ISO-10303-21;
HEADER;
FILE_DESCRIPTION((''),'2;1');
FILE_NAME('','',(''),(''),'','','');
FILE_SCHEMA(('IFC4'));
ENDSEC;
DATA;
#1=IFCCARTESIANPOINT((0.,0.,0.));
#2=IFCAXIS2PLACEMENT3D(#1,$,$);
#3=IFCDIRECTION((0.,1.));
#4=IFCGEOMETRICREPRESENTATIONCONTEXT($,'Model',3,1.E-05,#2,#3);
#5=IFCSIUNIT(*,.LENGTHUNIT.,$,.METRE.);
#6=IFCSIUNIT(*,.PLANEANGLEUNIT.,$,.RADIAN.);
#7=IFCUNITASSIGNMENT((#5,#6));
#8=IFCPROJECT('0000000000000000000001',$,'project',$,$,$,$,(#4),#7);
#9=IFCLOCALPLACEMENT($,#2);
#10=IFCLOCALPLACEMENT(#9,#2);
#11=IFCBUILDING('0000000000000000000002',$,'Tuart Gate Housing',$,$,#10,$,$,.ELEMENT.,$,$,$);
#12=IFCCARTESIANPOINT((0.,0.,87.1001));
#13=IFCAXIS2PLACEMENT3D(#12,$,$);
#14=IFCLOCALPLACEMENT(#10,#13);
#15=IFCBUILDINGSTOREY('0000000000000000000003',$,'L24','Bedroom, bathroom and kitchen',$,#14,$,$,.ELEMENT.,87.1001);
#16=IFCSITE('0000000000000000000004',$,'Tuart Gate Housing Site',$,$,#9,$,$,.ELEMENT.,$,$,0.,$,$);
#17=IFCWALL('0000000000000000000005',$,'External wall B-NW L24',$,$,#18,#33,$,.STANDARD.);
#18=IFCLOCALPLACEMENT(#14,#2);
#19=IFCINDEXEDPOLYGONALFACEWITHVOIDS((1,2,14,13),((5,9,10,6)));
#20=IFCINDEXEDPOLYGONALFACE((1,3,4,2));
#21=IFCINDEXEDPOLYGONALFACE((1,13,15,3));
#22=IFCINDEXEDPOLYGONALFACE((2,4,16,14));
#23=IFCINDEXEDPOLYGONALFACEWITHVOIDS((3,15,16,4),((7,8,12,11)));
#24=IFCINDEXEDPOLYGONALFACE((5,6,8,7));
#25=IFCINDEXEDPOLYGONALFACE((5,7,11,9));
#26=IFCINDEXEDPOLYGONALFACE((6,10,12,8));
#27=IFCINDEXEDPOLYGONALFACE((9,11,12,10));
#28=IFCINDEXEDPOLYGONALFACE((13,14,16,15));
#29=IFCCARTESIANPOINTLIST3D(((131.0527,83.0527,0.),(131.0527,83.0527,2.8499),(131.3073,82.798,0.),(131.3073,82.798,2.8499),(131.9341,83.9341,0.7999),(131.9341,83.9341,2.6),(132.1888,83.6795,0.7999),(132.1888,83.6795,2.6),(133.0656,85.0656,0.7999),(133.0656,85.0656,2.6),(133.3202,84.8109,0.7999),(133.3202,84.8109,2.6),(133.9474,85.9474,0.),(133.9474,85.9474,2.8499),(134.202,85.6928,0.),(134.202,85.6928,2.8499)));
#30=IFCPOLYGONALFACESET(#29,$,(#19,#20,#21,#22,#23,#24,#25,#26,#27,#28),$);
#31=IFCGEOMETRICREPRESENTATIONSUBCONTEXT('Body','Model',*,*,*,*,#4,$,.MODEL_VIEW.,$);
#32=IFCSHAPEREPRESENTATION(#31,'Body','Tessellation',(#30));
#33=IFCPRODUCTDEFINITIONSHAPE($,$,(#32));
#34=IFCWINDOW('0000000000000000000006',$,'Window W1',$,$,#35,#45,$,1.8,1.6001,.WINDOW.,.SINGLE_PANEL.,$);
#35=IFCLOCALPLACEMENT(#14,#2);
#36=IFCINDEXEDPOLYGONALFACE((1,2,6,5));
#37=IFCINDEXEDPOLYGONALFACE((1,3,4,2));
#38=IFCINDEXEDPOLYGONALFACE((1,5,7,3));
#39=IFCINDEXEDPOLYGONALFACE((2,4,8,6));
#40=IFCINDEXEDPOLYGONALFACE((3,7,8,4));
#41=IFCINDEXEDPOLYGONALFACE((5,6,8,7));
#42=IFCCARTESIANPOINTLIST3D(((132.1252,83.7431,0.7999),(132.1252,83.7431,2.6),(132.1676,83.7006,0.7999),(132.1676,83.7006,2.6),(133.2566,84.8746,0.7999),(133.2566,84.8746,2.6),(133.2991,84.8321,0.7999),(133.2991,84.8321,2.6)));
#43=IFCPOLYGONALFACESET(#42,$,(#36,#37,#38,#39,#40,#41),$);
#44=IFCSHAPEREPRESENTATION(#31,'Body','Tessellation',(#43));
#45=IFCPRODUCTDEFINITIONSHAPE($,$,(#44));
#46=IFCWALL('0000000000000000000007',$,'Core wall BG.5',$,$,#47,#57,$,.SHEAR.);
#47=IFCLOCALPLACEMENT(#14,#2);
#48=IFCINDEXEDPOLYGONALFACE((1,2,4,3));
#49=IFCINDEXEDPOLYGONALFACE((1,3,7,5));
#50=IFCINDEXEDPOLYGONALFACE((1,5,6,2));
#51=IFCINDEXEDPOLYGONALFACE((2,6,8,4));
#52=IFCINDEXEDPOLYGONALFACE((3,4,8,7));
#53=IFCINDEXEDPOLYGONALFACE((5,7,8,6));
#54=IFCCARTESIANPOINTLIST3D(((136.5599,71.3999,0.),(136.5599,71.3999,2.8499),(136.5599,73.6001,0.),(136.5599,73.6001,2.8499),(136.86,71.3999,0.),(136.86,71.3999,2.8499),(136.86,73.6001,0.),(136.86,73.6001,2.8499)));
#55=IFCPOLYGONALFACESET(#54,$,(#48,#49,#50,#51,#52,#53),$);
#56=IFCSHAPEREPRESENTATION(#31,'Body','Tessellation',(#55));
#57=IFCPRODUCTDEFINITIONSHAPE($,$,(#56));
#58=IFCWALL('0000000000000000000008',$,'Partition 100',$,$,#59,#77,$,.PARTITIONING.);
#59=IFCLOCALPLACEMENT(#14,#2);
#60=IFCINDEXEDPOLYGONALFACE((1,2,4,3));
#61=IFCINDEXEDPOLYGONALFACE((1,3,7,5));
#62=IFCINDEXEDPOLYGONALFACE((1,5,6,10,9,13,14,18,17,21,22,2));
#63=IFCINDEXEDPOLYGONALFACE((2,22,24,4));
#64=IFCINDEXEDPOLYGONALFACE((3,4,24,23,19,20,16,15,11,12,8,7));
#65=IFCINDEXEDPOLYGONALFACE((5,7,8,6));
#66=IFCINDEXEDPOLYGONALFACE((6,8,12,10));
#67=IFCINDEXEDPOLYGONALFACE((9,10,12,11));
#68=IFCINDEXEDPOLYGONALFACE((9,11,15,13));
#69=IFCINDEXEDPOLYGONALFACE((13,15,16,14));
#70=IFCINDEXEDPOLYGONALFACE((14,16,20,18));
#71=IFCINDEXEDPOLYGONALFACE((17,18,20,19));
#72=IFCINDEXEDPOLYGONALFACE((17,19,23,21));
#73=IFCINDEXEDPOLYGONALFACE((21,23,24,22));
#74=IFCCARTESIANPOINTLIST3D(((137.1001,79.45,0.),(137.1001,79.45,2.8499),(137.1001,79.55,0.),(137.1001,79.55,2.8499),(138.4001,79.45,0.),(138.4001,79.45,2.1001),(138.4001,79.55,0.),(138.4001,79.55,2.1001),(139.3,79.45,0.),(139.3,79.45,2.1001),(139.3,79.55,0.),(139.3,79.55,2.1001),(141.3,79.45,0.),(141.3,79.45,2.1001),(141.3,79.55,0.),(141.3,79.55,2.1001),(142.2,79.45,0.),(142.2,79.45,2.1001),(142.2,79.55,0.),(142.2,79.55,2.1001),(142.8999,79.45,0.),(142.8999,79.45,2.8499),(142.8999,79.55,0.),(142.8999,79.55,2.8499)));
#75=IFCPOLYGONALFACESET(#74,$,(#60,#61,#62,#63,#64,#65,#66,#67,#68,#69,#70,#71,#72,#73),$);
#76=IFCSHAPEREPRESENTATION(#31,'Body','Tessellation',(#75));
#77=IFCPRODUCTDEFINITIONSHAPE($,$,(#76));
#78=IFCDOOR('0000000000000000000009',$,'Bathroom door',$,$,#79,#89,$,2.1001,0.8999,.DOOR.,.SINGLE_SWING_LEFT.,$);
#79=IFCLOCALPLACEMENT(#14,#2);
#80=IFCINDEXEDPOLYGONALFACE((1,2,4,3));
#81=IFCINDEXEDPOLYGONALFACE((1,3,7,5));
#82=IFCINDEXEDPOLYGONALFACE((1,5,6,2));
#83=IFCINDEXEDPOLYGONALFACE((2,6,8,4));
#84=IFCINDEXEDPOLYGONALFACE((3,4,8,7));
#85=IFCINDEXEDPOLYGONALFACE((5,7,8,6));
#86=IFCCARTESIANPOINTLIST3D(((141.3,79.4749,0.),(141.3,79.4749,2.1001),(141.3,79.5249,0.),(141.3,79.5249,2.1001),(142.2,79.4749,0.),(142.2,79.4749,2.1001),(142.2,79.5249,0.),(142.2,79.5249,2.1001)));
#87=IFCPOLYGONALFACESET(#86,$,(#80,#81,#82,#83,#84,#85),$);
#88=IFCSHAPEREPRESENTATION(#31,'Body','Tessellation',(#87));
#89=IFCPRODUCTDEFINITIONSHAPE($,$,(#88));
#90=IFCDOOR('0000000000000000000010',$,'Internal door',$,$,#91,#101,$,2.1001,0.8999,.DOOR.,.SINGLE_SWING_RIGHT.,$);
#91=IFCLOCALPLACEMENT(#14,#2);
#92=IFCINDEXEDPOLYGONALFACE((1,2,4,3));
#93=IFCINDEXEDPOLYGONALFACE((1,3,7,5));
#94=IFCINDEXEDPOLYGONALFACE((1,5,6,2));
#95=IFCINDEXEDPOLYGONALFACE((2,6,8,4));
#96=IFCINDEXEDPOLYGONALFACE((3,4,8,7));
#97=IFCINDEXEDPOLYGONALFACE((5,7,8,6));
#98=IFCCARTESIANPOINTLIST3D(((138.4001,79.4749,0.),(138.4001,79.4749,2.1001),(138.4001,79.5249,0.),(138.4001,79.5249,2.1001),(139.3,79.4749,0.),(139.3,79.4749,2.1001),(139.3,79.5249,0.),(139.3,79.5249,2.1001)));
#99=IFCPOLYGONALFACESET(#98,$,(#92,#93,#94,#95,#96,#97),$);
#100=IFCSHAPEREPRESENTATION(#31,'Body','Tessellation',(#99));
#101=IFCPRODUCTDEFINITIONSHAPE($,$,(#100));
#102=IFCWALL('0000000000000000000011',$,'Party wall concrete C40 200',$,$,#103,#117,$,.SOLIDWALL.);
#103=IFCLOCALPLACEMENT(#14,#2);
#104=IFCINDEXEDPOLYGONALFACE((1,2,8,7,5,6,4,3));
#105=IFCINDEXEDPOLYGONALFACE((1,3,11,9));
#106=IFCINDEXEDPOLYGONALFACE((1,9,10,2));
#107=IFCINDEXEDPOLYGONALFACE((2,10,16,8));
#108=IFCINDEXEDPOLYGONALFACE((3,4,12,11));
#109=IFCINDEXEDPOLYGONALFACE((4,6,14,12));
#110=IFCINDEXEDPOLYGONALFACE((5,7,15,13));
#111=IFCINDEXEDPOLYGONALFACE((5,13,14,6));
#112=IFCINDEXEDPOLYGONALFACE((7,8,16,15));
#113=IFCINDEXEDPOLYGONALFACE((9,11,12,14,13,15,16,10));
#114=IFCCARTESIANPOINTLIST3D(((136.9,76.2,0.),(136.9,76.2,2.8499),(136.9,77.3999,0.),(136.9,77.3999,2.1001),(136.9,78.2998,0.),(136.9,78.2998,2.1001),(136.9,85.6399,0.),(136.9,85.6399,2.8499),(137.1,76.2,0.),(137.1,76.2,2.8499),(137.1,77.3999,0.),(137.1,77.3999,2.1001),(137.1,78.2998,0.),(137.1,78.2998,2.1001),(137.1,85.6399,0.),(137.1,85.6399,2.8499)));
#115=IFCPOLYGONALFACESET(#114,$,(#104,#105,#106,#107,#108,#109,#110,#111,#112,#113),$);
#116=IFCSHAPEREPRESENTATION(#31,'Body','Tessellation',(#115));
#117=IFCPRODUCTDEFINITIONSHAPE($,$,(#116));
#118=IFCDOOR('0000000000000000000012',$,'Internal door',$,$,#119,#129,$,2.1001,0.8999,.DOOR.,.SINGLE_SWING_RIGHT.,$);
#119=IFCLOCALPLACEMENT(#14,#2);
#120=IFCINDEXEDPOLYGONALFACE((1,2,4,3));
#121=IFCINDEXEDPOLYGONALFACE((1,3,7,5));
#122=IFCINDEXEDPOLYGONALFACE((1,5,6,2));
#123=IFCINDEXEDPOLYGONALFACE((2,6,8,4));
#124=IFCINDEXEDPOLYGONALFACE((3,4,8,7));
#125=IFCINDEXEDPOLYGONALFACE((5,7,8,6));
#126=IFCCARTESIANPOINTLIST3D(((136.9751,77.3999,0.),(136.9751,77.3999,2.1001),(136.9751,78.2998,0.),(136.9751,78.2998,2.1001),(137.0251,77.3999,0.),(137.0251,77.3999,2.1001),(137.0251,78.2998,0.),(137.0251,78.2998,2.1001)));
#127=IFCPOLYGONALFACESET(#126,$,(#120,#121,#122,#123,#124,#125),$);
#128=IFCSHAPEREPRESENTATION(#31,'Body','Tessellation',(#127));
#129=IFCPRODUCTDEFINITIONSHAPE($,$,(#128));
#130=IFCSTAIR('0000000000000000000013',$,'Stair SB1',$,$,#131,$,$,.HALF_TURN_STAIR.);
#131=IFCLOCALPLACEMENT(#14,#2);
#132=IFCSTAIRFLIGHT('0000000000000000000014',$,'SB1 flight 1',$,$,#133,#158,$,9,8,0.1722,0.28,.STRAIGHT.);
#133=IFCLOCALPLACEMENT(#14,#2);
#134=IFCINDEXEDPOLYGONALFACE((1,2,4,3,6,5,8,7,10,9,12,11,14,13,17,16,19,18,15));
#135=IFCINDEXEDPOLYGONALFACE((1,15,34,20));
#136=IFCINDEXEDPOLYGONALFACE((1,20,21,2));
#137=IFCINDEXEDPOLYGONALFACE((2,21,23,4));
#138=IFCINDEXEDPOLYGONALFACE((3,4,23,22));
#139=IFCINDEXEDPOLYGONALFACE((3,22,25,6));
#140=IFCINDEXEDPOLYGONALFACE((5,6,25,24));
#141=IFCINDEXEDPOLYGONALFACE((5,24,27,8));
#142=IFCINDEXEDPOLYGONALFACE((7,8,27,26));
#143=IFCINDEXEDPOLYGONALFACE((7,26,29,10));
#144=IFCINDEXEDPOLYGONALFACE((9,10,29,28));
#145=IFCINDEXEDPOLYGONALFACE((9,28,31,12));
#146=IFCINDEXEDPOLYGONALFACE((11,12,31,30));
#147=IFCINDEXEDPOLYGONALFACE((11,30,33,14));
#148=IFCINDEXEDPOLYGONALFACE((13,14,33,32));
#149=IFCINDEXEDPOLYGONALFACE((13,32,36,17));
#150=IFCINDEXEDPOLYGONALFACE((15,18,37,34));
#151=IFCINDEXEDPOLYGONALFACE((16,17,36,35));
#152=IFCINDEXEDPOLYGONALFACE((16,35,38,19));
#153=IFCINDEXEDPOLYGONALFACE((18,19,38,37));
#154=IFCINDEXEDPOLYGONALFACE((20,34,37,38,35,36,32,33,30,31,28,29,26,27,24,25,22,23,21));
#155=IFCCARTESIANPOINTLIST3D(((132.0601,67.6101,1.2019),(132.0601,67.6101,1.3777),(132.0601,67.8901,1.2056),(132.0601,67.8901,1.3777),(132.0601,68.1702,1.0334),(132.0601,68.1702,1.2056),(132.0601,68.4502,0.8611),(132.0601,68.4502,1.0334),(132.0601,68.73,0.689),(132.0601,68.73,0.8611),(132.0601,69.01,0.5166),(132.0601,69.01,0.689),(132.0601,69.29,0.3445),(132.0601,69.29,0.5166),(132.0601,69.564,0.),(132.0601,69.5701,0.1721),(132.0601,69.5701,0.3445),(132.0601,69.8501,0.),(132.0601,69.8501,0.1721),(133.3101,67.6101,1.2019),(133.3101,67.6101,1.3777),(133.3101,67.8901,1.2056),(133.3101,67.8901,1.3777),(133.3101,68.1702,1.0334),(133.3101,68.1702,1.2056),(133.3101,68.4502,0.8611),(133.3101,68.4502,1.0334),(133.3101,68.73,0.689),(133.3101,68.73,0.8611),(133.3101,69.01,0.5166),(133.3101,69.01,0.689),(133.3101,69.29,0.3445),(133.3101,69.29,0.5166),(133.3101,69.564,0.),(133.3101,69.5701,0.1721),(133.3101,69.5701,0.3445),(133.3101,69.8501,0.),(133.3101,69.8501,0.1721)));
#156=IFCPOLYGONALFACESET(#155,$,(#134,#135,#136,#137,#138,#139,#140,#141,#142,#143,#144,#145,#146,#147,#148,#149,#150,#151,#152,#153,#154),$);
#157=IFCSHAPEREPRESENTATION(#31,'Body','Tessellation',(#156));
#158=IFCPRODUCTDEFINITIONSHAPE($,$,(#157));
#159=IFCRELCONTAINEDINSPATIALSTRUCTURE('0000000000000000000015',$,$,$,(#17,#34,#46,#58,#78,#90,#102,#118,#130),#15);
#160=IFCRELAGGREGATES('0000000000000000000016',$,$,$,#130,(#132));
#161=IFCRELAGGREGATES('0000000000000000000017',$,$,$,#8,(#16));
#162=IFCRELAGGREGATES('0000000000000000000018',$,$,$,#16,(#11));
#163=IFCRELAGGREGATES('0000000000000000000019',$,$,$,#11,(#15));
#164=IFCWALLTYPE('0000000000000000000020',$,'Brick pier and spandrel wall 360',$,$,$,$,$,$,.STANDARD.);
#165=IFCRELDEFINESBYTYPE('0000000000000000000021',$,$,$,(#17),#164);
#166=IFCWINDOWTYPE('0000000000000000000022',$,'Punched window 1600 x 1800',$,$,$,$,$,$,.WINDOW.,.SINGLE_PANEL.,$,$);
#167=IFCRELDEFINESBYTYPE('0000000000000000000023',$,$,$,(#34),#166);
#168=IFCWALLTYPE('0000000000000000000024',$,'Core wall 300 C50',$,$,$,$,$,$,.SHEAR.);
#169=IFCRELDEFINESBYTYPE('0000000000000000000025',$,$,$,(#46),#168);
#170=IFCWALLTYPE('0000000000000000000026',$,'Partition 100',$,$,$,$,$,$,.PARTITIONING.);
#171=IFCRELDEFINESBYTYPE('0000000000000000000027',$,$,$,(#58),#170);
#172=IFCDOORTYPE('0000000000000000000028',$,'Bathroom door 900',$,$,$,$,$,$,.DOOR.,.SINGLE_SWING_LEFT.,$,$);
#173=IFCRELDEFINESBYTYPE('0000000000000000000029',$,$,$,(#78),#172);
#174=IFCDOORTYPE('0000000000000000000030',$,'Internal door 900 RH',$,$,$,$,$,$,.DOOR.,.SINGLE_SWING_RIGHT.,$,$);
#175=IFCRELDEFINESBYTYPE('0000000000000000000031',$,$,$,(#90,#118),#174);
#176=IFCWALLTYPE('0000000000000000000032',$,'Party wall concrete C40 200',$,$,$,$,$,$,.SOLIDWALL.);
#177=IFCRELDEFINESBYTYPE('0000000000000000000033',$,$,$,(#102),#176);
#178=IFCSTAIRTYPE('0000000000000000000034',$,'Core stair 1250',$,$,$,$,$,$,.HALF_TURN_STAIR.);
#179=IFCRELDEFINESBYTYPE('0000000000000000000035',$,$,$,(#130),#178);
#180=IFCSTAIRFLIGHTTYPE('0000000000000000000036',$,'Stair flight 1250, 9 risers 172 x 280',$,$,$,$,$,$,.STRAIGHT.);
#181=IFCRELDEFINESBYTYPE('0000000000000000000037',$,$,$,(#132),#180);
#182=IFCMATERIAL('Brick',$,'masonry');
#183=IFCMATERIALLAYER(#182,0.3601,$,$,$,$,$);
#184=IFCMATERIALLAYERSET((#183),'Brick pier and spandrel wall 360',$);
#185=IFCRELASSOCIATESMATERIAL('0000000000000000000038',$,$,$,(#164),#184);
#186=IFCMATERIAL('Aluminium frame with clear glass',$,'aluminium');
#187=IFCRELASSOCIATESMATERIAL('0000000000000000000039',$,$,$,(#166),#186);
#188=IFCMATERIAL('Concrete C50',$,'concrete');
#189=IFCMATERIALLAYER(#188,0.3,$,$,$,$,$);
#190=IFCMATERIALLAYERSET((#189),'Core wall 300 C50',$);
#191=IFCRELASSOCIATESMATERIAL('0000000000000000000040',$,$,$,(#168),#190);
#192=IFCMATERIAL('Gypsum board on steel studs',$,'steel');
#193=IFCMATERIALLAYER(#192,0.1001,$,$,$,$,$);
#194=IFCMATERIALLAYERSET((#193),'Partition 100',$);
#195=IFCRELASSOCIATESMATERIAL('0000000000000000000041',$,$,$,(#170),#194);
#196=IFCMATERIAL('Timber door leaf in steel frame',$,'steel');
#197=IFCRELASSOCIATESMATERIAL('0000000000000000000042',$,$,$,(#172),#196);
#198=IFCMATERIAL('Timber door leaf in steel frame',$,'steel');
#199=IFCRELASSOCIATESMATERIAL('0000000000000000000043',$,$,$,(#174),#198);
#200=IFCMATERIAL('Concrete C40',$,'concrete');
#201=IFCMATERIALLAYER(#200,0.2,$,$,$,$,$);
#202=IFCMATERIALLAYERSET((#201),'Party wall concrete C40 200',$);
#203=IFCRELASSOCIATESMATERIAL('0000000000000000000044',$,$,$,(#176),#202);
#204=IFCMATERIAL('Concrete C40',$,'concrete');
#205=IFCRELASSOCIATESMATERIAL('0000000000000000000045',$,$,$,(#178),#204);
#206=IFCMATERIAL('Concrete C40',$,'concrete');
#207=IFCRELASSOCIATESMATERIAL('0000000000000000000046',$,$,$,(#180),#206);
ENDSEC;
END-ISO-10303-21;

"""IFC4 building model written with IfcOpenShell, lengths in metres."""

from ifc_helpers import new_model, si_unit, direction, frame, frame_2d, origin, place, context, subcontext, project, spatial, polyline, rectangle, outline, extrude, material, layer, layer_set, type_object, element, fill, aggregate, save


model = new_model("IFC4")

# Units and contexts
model_context = context("Model", 3, precision=1e-05, world=origin(), true_north=direction((0.0, 1.0)))
body_context = subcontext(model_context, "Body", "Model", "MODEL_VIEW")
ifc_project = project(units=[si_unit("LENGTHUNIT", "METRE"), si_unit("PLANEANGLEUNIT", "RADIAN")], contexts=[model_context])

# Site, building, storey
site_placement = place(None, origin())
site = spatial("IfcSite", under=ifc_project, at=site_placement, Name="Tuart Gate Housing Site", CompositionType="ELEMENT", RefElevation=0.0)
building_placement = place(site_placement, origin())
building = spatial("IfcBuilding", under=site, at=building_placement, Name="Tuart Gate Housing", CompositionType="ELEMENT")
storey_placement = place(building_placement, frame((0.0, 0.0, 87.1001)))
storey = spatial("IfcBuildingStorey", under=building, at=storey_placement, Name="L24", Description="Bedroom, bathroom and kitchen", CompositionType="ELEMENT", Elevation=87.1001)

# Wall, opening, window
ifc_material_1 = material(Name="Brick", Category="masonry")
ifc_layer_1 = layer(ifc_material_1, 0.3601)
ifc_layer_set_1 = layer_set([ifc_layer_1], Name="Brick pier and spandrel wall 360")
wall_type_1 = type_object("IfcWallType", Name="Brick pier and spandrel wall 360", PredefinedType="STANDARD", material=ifc_layer_set_1)
wall_1_placement = place(storey_placement, frame((134.0747, 85.8201, 0.0), z_axis=(0.0, 0.0, 1.0), x_axis=(-0.707107, -0.707107, 0.0)))
wall_1 = element("IfcWall", 1, at=wall_1_placement, inside=storey, type_object=wall_type_1, Name="External wall B-NW L24", PredefinedType="STANDARD", context=body_context, shape_type="SweptSolid", body=[
    extrude(rectangle(XDim=4.0938, YDim=0.3601, at=frame_2d((2.0469, 0.0))), origin(), (0.0, 0.0, 1.0), 2.8499),
])
opening_1_placement = place(wall_1_placement, frame((1.2471, 0.0, 0.8)))
opening_1 = element("IfcOpeningElement", 2, at=opening_1_placement, cuts=wall_1, PredefinedType="OPENING", context=body_context, shape_type="SweptSolid", body=[
    extrude(rectangle(XDim=1.6001, YDim=1.8, at=frame_2d((0.8, 0.8999))), frame((0.0, 0.1899, 0.0), z_axis=(0.0, -1.0, 0.0), x_axis=(1.0, 0.0, 0.0)), (0.0, 0.0, 1.0), 0.3801),
])
ifc_material_2 = material(Name="Aluminium frame with clear glass", Category="aluminium")
window_type = type_object("IfcWindowType", Name="Punched window 1600 x 1800", PartitioningType="SINGLE_PANEL", PredefinedType="WINDOW", material=ifc_material_2)
window_placement = place(opening_1_placement, origin())
window = element("IfcWindow", 3, at=window_placement, inside=storey, type_object=window_type, Name="Window W1", OverallHeight=1.8, OverallWidth=1.6001, PartitioningType="SINGLE_PANEL", PredefinedType="WINDOW", context=body_context, shape_type="SweptSolid", body=[
    extrude(rectangle(XDim=1.6001, YDim=1.8, at=frame_2d((0.8, 0.8999))), frame((0.0, 0.1501, 0.0), z_axis=(0.0, -1.0, 0.0), x_axis=(1.0, 0.0, 0.0)), (0.0, 0.0, 1.0), 0.0601),
])
fill(opening_1, window)

# Wall
ifc_material_3 = material(Name="Concrete C50", Category="concrete")
ifc_layer_2 = layer(ifc_material_3, 0.3)
ifc_layer_set_2 = layer_set([ifc_layer_2], Name="Core wall 300 C50")
wall_type_2 = type_object("IfcWallType", Name="Core wall 300 C50", PredefinedType="SHEAR", material=ifc_layer_set_2)
wall_2_placement = place(storey_placement, frame((136.71, 71.3999, 0.0), z_axis=(0.0, 0.0, 1.0), x_axis=(0.0, 1.0, 0.0)))
element("IfcWall", 4, at=wall_2_placement, inside=storey, type_object=wall_type_2, Name="Core wall BG.5", PredefinedType="SHEAR", context=body_context, shape_type="SweptSolid", body=[
    extrude(rectangle(XDim=2.2002, YDim=0.3, at=frame_2d((1.1001, 0.0))), origin(), (0.0, 0.0, 1.0), 2.8499),
])

# Wall, openings, doors
ifc_material_4 = material(Name="Gypsum board on steel studs", Category="steel")
ifc_layer_3 = layer(ifc_material_4, 0.1001)
ifc_layer_set_3 = layer_set([ifc_layer_3], Name="Partition 100")
wall_type_3 = type_object("IfcWallType", Name="Partition 100", PredefinedType="PARTITIONING", material=ifc_layer_set_3)
wall_3_placement = place(storey_placement, frame((137.1001, 79.5, 0.0), z_axis=(0.0, 0.0, 1.0), x_axis=(1.0, 0.0, 0.0)))
wall_3 = element("IfcWall", 5, at=wall_3_placement, inside=storey, type_object=wall_type_3, Name="Partition 100", PredefinedType="PARTITIONING", context=body_context, shape_type="SweptSolid", body=[
    extrude(rectangle(XDim=5.7998, YDim=0.1001, at=frame_2d((2.8999, 0.0))), origin(), (0.0, 0.0, 1.0), 2.8499),
])
opening_2_placement = place(wall_3_placement, frame((1.3, 0.0, 0.0)))
opening_2 = element("IfcOpeningElement", 6, at=opening_2_placement, cuts=wall_3, PredefinedType="OPENING", context=body_context, shape_type="SweptSolid", body=[
    extrude(rectangle(XDim=0.8999, YDim=2.1001, at=frame_2d((0.45, 1.05))), frame((0.0, 0.0601, 0.0), z_axis=(0.0, -1.0, 0.0), x_axis=(1.0, 0.0, 0.0)), (0.0, 0.0, 1.0), 0.1201),
])
opening_3_placement = place(wall_3_placement, frame((4.2, 0.0, 0.0)))
opening_3 = element("IfcOpeningElement", 7, at=opening_3_placement, cuts=wall_3, PredefinedType="OPENING", context=body_context, shape_type="SweptSolid", body=[
    extrude(rectangle(XDim=0.8999, YDim=2.1001, at=frame_2d((0.45, 1.05))), frame((0.0, 0.0601, 0.0), z_axis=(0.0, -1.0, 0.0), x_axis=(1.0, 0.0, 0.0)), (0.0, 0.0, 1.0), 0.1201),
])
ifc_material_5 = material(Name="Timber door leaf in steel frame", Category="steel")
door_type_1 = type_object("IfcDoorType", Name="Bathroom door 900", OperationType="SINGLE_SWING_LEFT", PredefinedType="DOOR", material=ifc_material_5)
door_1_placement = place(opening_3_placement, origin())
door_1 = element("IfcDoor", 8, at=door_1_placement, inside=storey, type_object=door_type_1, Name="Bathroom door", OperationType="SINGLE_SWING_LEFT", OverallHeight=2.1001, OverallWidth=0.8999, PredefinedType="DOOR", context=body_context, shape_type="SweptSolid", body=[
    extrude(rectangle(XDim=0.8999, YDim=2.1001, at=frame_2d((0.45, 1.05))), frame((0.0, 0.0249, 0.0), z_axis=(0.0, -1.0, 0.0), x_axis=(1.0, 0.0, 0.0)), (0.0, 0.0, 1.0), 0.05),
])
fill(opening_3, door_1)
ifc_material_6 = material(Name="Timber door leaf in steel frame", Category="steel")
door_type_2 = type_object("IfcDoorType", Name="Internal door 900 RH", OperationType="SINGLE_SWING_RIGHT", PredefinedType="DOOR", material=ifc_material_6)
door_2_placement = place(opening_2_placement, origin())
door_2 = element("IfcDoor", 9, at=door_2_placement, inside=storey, type_object=door_type_2, Name="Internal door", OperationType="SINGLE_SWING_RIGHT", OverallHeight=2.1001, OverallWidth=0.8999, PredefinedType="DOOR", context=body_context, shape_type="SweptSolid", body=[
    extrude(rectangle(XDim=0.8999, YDim=2.1001, at=frame_2d((0.45, 1.05))), frame((0.0, 0.0249, 0.0), z_axis=(0.0, -1.0, 0.0), x_axis=(1.0, 0.0, 0.0)), (0.0, 0.0, 1.0), 0.05),
])
fill(opening_2, door_2)

# Wall, opening, door
ifc_material_7 = material(Name="Concrete C40", Category="concrete")
ifc_layer_4 = layer(ifc_material_7, 0.2)
ifc_layer_set_4 = layer_set([ifc_layer_4], Name="Party wall concrete C40 200")
wall_type_4 = type_object("IfcWallType", Name="Party wall concrete C40 200", PredefinedType="SOLIDWALL", material=ifc_layer_set_4)
wall_4_placement = place(storey_placement, frame((137.0, 76.2, 0.0), z_axis=(0.0, 0.0, 1.0), x_axis=(0.0, 1.0, 0.0)))
wall_4 = element("IfcWall", 10, at=wall_4_placement, inside=storey, type_object=wall_type_4, Name="Party wall concrete C40 200", PredefinedType="SOLIDWALL", context=body_context, shape_type="SweptSolid", body=[
    extrude(rectangle(XDim=9.4399, YDim=0.2, at=frame_2d((4.72, 0.0))), origin(), (0.0, 0.0, 1.0), 2.8499),
])
opening_4_placement = place(wall_4_placement, frame((1.2, 0.0, 0.0)))
opening_4 = element("IfcOpeningElement", 11, at=opening_4_placement, cuts=wall_4, PredefinedType="OPENING", context=body_context, shape_type="SweptSolid", body=[
    extrude(rectangle(XDim=0.8999, YDim=2.1001, at=frame_2d((0.45, 1.05))), frame((0.0, 0.1099, 0.0), z_axis=(0.0, -1.0, 0.0), x_axis=(1.0, 0.0, 0.0)), (0.0, 0.0, 1.0), 0.22),
])
door_3_placement = place(opening_4_placement, frame((0.8999, 0.0, 0.0), z_axis=(0.0, 0.0, 1.0), x_axis=(-1.0, 0.0, 0.0)))
door_3 = element("IfcDoor", 12, at=door_3_placement, inside=storey, type_object=door_type_2, Name="Internal door", OperationType="SINGLE_SWING_RIGHT", OverallHeight=2.1001, OverallWidth=0.8999, PredefinedType="DOOR", context=body_context, shape_type="SweptSolid", body=[
    extrude(rectangle(XDim=0.8999, YDim=2.1001, at=frame_2d((0.45, 1.05))), frame((0.0, 0.0251, 0.0), z_axis=(0.0, -1.0, 0.0), x_axis=(1.0, 0.0, 0.0)), (0.0, 0.0, 1.0), 0.05),
])
fill(opening_4, door_3)

# Stair, stair flight
ifc_material_8 = material(Name="Concrete C40", Category="concrete")
stair_type = type_object("IfcStairType", Name="Core stair 1250", PredefinedType="HALF_TURN_STAIR", material=ifc_material_8)
stair_placement = place(storey_placement, origin())
stair = element("IfcStair", 13, at=stair_placement, inside=storey, type_object=stair_type, Name="Stair SB1", PredefinedType="HALF_TURN_STAIR")
ifc_material_9 = material(Name="Concrete C40", Category="concrete")
stair_flight_type = type_object("IfcStairFlightType", Name="Stair flight 1250, 9 risers 172 x 280", PredefinedType="STRAIGHT", material=ifc_material_9)
stair_flight_1_placement = place(storey_placement, frame((132.6851, 69.8501, 0.0), z_axis=(0.0, 0.0, 1.0), x_axis=(0.0, -1.0, 0.0)))
stair_flight_1 = element("IfcStairFlight", 14, at=stair_flight_1_placement, type_object=stair_flight_type, Name="SB1 flight 1", NumberOfRisers=9, NumberOfTreads=8, PredefinedType="STRAIGHT", RiserHeight=0.1722, TreadLength=0.28, context=body_context, shape_type="SweptSolid", body=[
    extrude(outline(polyline([(0.0, 0.0), (0.0, 0.1721), (0.28, 0.1721), (0.28, 0.3445), (0.5601, 0.3445), (0.5601, 0.5166), (0.8401, 0.5166), (0.8401, 0.689), (1.1201, 0.689), (1.1201, 0.8611), (1.3999, 0.8611), (1.3999, 1.0334), (1.6799, 1.0334), (1.6799, 1.2056), (1.96, 1.2056), (1.96, 1.3777), (2.24, 1.3777), (2.24, 1.55), (2.24, 1.2019), (0.2861, 0.0), (0.0, 0.0)])), frame((0.0, 0.625, 0.0), z_axis=(0.0, -1.0, 0.0), x_axis=(1.0, 0.0, 0.0)), (0.0, 0.0, 1.0), 1.25),
])
aggregate(stair, [stair_flight_1])

save(model, "model.ifc")
